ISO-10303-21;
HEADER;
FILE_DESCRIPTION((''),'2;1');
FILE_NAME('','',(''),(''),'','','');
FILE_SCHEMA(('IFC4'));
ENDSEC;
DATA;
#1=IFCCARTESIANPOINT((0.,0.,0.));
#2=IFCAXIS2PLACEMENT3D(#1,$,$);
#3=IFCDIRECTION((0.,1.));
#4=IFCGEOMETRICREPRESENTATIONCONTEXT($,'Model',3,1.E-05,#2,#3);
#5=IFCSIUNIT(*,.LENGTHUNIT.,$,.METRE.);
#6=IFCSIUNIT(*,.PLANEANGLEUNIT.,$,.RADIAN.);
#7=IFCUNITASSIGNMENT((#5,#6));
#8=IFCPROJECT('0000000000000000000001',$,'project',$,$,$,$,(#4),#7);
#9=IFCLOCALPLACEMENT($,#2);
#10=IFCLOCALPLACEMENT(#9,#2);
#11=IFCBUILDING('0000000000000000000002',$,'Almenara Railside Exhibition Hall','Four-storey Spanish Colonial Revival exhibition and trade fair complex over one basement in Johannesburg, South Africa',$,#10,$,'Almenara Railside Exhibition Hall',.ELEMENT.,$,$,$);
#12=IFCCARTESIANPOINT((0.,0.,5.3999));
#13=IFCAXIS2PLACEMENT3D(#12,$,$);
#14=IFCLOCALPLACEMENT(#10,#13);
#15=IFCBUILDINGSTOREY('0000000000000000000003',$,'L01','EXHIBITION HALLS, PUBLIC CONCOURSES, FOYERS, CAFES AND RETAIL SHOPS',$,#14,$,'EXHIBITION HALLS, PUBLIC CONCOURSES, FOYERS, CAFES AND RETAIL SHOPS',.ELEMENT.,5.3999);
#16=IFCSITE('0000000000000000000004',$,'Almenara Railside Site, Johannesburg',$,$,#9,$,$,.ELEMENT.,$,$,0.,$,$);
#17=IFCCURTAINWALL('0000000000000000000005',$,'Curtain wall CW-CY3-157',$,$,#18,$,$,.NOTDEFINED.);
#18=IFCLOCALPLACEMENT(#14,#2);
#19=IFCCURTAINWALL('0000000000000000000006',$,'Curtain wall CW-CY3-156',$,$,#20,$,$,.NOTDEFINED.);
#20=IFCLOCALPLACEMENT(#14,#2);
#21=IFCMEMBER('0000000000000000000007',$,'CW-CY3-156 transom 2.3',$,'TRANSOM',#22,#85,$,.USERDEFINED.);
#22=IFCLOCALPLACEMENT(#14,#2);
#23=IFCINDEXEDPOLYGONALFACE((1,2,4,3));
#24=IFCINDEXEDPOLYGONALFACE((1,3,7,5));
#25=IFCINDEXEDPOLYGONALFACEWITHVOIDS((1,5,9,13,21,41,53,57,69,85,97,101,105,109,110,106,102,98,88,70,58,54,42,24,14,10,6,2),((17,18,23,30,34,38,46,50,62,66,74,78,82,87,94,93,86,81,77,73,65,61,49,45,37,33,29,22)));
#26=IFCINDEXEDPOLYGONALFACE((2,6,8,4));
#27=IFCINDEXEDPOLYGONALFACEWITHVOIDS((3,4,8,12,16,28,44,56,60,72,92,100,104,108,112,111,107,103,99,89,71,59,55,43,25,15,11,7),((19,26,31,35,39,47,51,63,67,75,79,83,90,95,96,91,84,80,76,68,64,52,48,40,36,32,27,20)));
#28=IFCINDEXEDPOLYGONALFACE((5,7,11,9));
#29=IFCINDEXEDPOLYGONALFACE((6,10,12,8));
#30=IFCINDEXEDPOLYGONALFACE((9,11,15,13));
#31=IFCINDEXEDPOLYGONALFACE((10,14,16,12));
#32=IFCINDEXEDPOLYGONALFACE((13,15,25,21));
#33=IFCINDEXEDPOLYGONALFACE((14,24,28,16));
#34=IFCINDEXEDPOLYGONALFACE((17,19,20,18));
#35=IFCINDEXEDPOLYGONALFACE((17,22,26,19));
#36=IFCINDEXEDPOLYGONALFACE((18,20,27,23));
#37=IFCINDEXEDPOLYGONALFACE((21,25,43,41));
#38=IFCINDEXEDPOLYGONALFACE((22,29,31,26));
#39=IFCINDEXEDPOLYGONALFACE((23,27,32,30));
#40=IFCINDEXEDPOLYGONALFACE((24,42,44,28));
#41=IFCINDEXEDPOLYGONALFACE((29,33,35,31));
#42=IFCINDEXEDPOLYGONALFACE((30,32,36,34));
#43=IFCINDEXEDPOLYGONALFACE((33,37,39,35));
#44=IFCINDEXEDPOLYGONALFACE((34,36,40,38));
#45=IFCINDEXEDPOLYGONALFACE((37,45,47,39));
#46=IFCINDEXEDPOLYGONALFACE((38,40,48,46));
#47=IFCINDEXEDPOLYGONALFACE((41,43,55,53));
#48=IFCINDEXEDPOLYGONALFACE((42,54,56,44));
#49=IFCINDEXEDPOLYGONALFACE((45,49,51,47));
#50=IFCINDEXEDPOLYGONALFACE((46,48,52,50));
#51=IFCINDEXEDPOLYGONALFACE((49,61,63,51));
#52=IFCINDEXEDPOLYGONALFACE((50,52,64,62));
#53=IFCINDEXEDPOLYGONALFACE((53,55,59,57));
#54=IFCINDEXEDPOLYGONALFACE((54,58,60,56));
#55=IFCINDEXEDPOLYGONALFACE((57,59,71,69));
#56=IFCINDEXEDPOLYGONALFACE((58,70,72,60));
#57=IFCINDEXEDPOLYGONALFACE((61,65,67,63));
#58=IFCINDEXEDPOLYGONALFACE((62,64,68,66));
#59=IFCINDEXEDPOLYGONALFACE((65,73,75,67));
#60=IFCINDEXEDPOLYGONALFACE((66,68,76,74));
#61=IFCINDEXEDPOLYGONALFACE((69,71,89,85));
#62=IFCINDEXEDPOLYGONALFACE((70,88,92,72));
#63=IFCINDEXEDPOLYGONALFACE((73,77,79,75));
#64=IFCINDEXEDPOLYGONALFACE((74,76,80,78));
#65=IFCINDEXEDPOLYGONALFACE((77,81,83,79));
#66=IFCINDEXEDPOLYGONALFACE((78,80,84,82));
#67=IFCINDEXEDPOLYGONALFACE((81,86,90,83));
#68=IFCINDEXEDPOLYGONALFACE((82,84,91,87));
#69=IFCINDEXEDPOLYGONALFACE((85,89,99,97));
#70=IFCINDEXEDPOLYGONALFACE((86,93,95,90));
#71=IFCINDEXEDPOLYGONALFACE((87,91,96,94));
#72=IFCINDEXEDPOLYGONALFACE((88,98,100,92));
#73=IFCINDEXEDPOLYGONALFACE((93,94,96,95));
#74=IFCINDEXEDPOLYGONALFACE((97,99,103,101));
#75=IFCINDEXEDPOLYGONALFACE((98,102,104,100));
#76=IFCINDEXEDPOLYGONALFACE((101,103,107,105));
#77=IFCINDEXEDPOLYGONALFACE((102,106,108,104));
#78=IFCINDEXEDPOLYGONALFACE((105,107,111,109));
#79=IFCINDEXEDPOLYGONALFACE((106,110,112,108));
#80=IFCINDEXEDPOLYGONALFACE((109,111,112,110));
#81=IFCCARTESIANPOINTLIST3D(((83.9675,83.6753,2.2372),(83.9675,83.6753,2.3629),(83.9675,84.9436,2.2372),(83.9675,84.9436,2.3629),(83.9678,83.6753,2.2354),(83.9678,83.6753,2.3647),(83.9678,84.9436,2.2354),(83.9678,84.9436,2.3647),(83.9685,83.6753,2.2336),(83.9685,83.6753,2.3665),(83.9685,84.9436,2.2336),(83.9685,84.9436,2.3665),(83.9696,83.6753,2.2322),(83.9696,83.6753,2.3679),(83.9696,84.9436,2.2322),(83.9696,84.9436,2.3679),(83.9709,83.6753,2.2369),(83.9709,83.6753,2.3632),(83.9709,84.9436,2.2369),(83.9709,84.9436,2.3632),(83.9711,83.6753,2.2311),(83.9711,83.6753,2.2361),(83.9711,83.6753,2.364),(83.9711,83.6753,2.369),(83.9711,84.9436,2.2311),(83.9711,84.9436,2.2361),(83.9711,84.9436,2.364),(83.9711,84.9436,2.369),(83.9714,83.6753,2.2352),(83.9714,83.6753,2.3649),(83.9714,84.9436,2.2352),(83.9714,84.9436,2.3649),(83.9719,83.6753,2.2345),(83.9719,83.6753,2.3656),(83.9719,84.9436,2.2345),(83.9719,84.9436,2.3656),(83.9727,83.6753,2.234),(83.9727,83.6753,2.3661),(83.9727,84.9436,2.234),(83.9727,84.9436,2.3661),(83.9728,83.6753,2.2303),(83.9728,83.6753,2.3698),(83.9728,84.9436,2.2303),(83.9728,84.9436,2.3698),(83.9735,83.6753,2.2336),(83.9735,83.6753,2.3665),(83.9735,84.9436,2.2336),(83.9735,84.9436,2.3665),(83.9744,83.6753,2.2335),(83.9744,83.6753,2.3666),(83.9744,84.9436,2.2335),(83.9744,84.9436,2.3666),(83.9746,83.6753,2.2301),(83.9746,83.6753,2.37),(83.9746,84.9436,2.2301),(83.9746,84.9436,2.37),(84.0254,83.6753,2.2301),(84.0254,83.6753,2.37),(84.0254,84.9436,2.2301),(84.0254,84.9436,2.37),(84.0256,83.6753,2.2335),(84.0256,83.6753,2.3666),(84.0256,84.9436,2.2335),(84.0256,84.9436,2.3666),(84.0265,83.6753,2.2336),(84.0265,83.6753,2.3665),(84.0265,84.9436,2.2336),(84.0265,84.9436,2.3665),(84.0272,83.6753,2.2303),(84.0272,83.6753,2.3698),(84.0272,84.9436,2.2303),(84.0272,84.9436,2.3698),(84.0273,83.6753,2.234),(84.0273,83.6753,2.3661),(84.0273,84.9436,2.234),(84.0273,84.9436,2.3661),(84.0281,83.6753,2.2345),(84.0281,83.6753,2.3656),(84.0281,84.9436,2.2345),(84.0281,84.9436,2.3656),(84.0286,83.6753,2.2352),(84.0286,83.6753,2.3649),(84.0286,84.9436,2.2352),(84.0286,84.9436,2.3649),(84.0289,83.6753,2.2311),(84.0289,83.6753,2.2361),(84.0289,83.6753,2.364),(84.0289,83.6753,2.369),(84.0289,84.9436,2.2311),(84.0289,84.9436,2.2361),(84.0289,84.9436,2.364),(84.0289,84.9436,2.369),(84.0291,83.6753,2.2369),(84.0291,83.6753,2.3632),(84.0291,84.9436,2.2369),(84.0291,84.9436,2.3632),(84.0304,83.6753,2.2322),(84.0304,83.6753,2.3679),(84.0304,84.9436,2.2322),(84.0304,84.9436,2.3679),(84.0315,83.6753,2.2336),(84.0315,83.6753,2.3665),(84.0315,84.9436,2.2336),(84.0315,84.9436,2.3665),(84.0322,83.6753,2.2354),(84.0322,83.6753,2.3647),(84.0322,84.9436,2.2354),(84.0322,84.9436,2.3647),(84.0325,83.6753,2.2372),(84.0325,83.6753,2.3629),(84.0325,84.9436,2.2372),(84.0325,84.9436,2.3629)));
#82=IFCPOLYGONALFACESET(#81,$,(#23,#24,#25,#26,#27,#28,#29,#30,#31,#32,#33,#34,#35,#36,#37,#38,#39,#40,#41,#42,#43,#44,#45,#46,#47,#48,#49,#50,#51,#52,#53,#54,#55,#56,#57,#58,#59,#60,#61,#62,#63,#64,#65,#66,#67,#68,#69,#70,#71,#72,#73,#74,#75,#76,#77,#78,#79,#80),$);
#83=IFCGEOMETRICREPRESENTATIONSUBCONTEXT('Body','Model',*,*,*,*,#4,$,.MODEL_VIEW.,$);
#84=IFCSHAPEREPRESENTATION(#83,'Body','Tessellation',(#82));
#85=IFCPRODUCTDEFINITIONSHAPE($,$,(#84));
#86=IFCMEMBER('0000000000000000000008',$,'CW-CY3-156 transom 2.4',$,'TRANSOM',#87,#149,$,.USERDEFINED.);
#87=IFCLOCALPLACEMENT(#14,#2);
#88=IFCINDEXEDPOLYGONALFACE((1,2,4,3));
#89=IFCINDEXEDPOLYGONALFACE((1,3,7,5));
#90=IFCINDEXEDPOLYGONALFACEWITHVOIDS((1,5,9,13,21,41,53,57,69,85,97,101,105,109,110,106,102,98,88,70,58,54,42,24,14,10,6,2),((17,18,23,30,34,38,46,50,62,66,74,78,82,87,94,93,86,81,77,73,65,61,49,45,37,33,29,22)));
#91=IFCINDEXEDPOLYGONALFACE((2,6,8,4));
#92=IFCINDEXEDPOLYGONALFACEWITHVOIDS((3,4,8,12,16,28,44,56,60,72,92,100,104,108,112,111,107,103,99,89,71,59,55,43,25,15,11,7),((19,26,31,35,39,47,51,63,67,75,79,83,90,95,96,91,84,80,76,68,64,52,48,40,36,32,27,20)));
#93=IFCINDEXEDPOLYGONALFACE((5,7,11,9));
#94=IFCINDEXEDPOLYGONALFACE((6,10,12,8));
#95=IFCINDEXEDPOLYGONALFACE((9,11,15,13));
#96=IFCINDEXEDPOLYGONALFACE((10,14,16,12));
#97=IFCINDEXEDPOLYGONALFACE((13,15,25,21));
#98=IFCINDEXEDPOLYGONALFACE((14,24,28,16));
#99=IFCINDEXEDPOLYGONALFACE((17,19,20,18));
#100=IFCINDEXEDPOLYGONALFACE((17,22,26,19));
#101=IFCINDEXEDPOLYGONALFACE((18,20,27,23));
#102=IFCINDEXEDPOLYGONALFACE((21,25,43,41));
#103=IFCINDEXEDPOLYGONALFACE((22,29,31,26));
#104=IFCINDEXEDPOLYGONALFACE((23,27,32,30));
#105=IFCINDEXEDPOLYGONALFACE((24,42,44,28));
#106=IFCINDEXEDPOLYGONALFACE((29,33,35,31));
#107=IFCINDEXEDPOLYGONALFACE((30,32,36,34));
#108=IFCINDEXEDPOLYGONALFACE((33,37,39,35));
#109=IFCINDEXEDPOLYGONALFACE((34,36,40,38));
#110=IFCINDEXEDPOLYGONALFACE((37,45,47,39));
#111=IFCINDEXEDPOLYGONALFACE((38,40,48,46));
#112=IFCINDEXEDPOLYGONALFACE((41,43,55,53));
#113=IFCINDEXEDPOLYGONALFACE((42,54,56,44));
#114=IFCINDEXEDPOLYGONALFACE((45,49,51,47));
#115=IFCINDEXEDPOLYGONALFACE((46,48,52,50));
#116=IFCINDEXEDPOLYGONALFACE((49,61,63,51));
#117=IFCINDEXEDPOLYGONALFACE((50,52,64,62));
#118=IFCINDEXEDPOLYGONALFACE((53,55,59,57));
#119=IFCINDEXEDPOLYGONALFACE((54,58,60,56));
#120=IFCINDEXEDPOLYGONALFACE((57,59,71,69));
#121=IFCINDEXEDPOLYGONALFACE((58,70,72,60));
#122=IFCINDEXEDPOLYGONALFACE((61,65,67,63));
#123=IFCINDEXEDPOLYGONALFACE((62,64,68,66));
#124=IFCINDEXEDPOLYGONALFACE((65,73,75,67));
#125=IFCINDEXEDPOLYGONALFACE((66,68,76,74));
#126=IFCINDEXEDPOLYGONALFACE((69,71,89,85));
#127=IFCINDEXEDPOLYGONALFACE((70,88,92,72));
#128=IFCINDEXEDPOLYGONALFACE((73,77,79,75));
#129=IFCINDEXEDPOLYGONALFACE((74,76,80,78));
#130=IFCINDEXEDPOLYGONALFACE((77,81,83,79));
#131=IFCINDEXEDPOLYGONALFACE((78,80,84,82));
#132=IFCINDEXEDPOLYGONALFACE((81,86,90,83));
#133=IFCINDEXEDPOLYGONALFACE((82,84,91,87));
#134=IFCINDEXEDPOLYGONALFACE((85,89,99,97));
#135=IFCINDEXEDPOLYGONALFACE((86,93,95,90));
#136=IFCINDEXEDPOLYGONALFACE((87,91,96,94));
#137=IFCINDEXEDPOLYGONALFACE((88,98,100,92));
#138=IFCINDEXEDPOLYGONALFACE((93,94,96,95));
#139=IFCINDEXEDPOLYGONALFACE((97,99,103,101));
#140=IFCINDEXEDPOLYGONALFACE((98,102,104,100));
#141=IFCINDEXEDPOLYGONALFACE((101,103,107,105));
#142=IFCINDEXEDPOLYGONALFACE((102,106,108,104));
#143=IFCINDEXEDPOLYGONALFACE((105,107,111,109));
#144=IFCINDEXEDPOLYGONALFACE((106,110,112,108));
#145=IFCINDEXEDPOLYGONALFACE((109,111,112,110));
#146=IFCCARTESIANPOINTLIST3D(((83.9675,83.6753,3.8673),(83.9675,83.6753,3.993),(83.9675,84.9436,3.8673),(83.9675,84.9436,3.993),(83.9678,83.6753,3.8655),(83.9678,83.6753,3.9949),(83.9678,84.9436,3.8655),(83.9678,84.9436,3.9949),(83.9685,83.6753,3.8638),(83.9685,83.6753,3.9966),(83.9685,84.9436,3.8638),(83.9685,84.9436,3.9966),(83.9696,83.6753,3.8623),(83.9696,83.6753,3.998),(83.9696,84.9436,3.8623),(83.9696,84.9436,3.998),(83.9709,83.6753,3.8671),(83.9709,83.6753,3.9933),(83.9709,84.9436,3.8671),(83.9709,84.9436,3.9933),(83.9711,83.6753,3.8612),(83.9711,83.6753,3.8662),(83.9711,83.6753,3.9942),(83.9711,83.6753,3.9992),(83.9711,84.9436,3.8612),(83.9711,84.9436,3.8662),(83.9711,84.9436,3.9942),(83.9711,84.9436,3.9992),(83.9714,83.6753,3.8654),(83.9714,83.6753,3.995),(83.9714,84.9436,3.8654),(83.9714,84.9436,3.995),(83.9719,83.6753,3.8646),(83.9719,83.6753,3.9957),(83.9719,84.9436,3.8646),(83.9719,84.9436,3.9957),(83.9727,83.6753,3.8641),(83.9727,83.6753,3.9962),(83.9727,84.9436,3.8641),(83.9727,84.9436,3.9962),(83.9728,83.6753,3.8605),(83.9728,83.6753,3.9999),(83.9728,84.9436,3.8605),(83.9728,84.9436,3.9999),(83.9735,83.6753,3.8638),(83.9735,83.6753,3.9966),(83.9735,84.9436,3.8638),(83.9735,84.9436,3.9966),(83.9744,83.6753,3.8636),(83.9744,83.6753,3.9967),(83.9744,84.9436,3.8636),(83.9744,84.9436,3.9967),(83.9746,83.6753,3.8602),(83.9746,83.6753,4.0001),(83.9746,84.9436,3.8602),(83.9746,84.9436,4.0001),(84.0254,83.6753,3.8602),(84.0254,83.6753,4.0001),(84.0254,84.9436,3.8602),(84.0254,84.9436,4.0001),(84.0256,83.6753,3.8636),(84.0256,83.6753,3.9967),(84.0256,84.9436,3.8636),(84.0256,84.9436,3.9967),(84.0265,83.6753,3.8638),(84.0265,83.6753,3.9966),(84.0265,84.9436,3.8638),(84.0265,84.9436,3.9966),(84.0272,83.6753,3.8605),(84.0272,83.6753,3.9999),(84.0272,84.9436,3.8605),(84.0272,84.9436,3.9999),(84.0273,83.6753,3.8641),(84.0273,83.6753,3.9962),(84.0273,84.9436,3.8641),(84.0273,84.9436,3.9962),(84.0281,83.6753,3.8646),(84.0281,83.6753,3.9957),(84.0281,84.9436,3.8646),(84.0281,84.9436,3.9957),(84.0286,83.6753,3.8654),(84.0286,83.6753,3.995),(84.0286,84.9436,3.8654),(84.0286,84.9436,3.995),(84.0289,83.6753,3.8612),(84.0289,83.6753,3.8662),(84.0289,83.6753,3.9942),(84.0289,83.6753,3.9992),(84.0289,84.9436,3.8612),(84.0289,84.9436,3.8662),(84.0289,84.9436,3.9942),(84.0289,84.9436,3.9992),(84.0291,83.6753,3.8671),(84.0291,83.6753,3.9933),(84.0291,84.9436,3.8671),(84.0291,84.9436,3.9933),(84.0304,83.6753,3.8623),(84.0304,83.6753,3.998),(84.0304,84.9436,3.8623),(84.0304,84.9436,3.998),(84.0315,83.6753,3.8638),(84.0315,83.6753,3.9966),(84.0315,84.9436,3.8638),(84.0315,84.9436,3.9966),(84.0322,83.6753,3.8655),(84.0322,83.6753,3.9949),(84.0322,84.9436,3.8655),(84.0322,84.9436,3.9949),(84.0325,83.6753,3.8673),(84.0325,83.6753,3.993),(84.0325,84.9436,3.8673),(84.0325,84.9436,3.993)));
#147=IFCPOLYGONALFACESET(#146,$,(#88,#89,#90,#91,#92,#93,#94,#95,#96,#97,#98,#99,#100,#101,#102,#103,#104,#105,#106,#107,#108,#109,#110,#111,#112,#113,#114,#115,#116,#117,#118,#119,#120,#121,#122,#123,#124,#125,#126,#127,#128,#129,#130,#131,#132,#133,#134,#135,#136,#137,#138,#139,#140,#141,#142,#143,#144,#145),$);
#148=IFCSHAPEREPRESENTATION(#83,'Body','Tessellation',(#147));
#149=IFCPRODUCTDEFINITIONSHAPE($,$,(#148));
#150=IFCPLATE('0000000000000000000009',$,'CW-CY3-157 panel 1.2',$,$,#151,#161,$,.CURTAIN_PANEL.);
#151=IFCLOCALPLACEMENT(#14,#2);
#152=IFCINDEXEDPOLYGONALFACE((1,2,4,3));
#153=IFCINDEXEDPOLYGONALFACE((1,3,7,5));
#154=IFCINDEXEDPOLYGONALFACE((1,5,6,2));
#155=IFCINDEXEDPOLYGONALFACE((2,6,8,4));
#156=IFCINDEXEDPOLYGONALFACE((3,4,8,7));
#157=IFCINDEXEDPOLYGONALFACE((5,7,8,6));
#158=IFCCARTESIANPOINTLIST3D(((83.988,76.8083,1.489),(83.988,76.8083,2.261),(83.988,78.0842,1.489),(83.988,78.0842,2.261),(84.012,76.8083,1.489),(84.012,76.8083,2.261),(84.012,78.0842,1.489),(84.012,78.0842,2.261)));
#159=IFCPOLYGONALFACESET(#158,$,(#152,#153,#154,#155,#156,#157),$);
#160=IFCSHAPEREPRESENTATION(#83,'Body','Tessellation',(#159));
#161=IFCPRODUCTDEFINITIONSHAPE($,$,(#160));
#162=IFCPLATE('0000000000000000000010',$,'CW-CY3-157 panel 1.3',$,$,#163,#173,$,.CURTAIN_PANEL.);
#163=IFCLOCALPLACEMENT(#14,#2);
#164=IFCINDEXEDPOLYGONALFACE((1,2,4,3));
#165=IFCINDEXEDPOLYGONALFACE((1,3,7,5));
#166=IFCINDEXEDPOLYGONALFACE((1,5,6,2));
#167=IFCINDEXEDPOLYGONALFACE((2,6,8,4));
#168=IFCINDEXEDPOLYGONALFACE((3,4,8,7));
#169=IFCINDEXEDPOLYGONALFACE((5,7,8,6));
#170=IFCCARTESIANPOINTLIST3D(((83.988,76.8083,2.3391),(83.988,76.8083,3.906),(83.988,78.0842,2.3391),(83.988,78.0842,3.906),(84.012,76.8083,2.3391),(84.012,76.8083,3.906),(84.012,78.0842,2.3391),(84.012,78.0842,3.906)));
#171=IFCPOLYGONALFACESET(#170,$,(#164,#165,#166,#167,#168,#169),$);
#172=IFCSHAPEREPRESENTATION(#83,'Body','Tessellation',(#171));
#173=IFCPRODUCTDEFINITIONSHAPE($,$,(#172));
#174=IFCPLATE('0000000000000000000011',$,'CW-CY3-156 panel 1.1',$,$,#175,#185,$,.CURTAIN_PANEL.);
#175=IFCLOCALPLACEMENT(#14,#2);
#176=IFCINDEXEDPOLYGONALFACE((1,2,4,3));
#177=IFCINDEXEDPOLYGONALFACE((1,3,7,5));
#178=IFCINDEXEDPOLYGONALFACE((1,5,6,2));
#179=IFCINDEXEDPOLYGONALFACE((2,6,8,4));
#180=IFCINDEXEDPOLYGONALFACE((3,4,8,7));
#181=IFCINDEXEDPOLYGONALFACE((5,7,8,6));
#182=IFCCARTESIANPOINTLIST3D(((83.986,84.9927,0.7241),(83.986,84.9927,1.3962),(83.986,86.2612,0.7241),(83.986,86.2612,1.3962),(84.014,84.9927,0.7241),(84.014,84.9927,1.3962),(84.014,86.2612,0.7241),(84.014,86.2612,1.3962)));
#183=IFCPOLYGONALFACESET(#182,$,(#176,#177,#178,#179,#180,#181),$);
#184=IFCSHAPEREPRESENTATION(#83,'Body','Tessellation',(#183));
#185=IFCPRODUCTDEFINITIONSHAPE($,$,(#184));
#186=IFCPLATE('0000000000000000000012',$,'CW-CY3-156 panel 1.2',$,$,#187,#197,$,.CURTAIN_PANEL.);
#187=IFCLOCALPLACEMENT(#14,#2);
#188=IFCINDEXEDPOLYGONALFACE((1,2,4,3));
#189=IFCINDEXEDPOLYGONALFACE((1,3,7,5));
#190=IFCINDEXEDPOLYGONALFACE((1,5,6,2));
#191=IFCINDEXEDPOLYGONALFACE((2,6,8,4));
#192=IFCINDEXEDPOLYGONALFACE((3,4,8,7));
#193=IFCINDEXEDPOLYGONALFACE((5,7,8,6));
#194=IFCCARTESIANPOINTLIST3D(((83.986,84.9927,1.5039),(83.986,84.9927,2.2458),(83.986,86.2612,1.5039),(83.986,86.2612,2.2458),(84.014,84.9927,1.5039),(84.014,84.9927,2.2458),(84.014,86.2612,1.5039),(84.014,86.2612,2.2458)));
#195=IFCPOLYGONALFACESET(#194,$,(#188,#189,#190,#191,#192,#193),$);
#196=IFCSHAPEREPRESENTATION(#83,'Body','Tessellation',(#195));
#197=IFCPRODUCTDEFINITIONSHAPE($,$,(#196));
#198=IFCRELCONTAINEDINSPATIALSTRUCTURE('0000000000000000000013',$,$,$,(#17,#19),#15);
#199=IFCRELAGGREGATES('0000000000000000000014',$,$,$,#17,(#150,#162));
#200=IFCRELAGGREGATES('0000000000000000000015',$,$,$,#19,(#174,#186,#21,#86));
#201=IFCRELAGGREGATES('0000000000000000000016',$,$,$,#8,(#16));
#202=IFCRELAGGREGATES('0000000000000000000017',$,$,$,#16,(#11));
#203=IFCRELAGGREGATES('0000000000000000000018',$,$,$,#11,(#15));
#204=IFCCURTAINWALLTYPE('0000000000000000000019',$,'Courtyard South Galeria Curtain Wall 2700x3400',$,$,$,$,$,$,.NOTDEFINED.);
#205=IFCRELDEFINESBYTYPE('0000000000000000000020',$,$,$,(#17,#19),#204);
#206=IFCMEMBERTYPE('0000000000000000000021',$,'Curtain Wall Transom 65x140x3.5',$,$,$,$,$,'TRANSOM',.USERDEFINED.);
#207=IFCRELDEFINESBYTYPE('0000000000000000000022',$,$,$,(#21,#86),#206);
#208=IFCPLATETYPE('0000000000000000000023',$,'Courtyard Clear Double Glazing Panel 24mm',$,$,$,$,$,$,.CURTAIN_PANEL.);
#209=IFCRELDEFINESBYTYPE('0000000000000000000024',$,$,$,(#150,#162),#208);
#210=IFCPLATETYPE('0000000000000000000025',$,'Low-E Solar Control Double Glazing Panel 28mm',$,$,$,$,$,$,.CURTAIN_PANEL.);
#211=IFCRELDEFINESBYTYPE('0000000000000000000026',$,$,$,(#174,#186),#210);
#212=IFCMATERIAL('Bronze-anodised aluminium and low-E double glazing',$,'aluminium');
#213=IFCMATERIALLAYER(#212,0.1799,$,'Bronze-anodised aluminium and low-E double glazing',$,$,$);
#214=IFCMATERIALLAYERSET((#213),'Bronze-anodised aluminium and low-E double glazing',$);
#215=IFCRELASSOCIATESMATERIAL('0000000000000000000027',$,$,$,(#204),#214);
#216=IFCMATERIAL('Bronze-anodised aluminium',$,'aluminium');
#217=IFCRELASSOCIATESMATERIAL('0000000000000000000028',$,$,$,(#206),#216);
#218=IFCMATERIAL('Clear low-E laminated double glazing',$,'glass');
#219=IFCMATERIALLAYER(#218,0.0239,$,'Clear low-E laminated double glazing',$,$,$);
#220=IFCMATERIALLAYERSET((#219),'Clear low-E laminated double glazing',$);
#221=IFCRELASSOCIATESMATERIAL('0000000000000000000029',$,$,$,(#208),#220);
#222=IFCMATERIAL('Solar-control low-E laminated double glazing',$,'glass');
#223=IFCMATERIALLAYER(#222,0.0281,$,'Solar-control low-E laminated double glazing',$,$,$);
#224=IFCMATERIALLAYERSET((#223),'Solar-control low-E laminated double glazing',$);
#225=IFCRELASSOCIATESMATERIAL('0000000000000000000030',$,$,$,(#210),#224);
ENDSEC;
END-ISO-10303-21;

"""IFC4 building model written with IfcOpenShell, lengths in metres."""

from ifc_helpers import new_model, si_unit, direction, frame, origin, origin_2d, place, context, subcontext, project, spatial, rectangle, hollow_rectangle, extrude, material, layer, layer_set, material_profile, profile_set, type_object, element, aggregate, save


model = new_model("IFC4")

# Units and contexts
model_context = context("Model", 3, precision=1e-05, world=origin(), true_north=direction((0.0, 1.0)))
body_context = subcontext(model_context, "Body", "Model", "MODEL_VIEW")
ifc_project = project(units=[si_unit("LENGTHUNIT", "METRE"), si_unit("PLANEANGLEUNIT", "RADIAN")], contexts=[model_context])

# Site, building, storey
site_placement = place(None, origin())
site = spatial("IfcSite", under=ifc_project, at=site_placement, Name="Almenara Railside Site, Johannesburg", CompositionType="ELEMENT", RefElevation=0.0)
building_placement = place(site_placement, origin())
building = spatial("IfcBuilding", under=site, at=building_placement, Name="Almenara Railside Exhibition Hall", Description="Four-storey Spanish Colonial Revival exhibition and trade fair complex over one basement in Johannesburg, South Africa", LongName="Almenara Railside Exhibition Hall", CompositionType="ELEMENT")
storey_placement = place(building_placement, frame((0.0, 0.0, 5.3999)))
storey = spatial("IfcBuildingStorey", under=building, at=storey_placement, Name="L01", Description="EXHIBITION HALLS, PUBLIC CONCOURSES, FOYERS, CAFES AND RETAIL SHOPS", LongName="EXHIBITION HALLS, PUBLIC CONCOURSES, FOYERS, CAFES AND RETAIL SHOPS", CompositionType="ELEMENT", Elevation=5.3999)

# Curtain wall
ifc_material_1 = material(Name="Bronze-anodised aluminium and low-E double glazing", Category="aluminium")
ifc_layer_1 = layer(ifc_material_1, 0.1799, Name="Bronze-anodised aluminium and low-E double glazing")
ifc_layer_set_1 = layer_set([ifc_layer_1], Name="Bronze-anodised aluminium and low-E double glazing")
curtain_wall_type = type_object("IfcCurtainWallType", Name="Courtyard South Galeria Curtain Wall 2700x3400", PredefinedType="NOTDEFINED", material=ifc_layer_set_1)
curtain_wall_1_placement = place(storey_placement, origin())
curtain_wall_1 = element("IfcCurtainWall", 1, at=curtain_wall_1_placement, inside=storey, type_object=curtain_wall_type, Name="Curtain wall CW-CY3-157", PredefinedType="NOTDEFINED")
ifc_material_2 = material(Name="Bronze-anodised aluminium", Category="aluminium")

# Curtain wall
curtain_wall_2_placement = place(storey_placement, origin())
curtain_wall_2 = element("IfcCurtainWall", 2, at=curtain_wall_2_placement, inside=storey, type_object=curtain_wall_type, Name="Curtain wall CW-CY3-156", PredefinedType="NOTDEFINED")

# Members
ifc_material_profile_1 = material_profile(ifc_material_2, hollow_rectangle(XDim=0.0649, YDim=0.1399, WallThickness=0.0034, InnerFilletRadius=0.0034, OuterFilletRadius=0.0071, at=origin_2d()), Name="ALU-TRN 65x140x3.5")
ifc_profile_set_1 = profile_set([ifc_material_profile_1], Name="Bronze-anodised aluminium")
member_type_1 = type_object("IfcMemberType", Name="Curtain Wall Transom 65x140x3.5", ElementType="TRANSOM", PredefinedType="USERDEFINED", material=ifc_profile_set_1)
member_1_placement = place(storey_placement, frame((84.0, 84.9436, 2.3), z_axis=(0.0, -1.0, 0.0), x_axis=(1.0, 0.0, 0.0)))
member_1 = element("IfcMember", 3, at=member_1_placement, type_object=member_type_1, Name="CW-CY3-156 transom 2.3", ObjectType="TRANSOM", PredefinedType="USERDEFINED", context=body_context, shape_type="SweptSolid", body=[
    extrude(hollow_rectangle(XDim=0.0649, YDim=0.1399, WallThickness=0.0034, InnerFilletRadius=0.0034, OuterFilletRadius=0.0071, at=origin_2d()), origin(), (0.0, 0.0, 1.0), 1.2683),
])
member_2_placement = place(storey_placement, frame((84.0, 84.9436, 3.9302), z_axis=(0.0, -1.0, 0.0), x_axis=(1.0, 0.0, 0.0)))
member_2 = element("IfcMember", 4, at=member_2_placement, type_object=member_type_1, Name="CW-CY3-156 transom 2.4", ObjectType="TRANSOM", PredefinedType="USERDEFINED", context=body_context, shape_type="SweptSolid", body=[
    extrude(hollow_rectangle(XDim=0.0649, YDim=0.1399, WallThickness=0.0034, InnerFilletRadius=0.0034, OuterFilletRadius=0.0071, at=origin_2d()), origin(), (0.0, 0.0, 1.0), 1.2683),
])

# Plates
ifc_material_3 = material(Name="Clear low-E laminated double glazing", Category="glass")
ifc_layer_2 = layer(ifc_material_3, 0.0239, Name="Clear low-E laminated double glazing")
ifc_layer_set_2 = layer_set([ifc_layer_2], Name="Clear low-E laminated double glazing")
plate_type_1 = type_object("IfcPlateType", Name="Courtyard Clear Double Glazing Panel 24mm", PredefinedType="CURTAIN_PANEL", material=ifc_layer_set_2)
plate_1_placement = place(storey_placement, frame((84.0, 77.4463, 1.489), z_axis=(0.0, 0.0, 1.0), x_axis=(0.0, -1.0, 0.0)))
plate_1 = element("IfcPlate", 5, at=plate_1_placement, type_object=plate_type_1, Name="CW-CY3-157 panel 1.2", PredefinedType="CURTAIN_PANEL", context=body_context, shape_type="SweptSolid", body=[
    extrude(rectangle(XDim=1.2759, YDim=0.0239, at=origin_2d()), origin(), (0.0, 0.0, 1.0), 0.772),
])
plate_2_placement = place(storey_placement, frame((84.0, 77.4463, 2.3391), z_axis=(0.0, 0.0, 1.0), x_axis=(0.0, -1.0, 0.0)))
plate_2 = element("IfcPlate", 6, at=plate_2_placement, type_object=plate_type_1, Name="CW-CY3-157 panel 1.3", PredefinedType="CURTAIN_PANEL", context=body_context, shape_type="SweptSolid", body=[
    extrude(rectangle(XDim=1.2759, YDim=0.0239, at=origin_2d()), origin(), (0.0, 0.0, 1.0), 1.5669),
])
aggregate(curtain_wall_1, [plate_1, plate_2])
ifc_material_4 = material(Name="Solar-control low-E laminated double glazing", Category="glass")
ifc_layer_3 = layer(ifc_material_4, 0.0281, Name="Solar-control low-E laminated double glazing")
ifc_layer_set_3 = layer_set([ifc_layer_3], Name="Solar-control low-E laminated double glazing")
plate_type_2 = type_object("IfcPlateType", Name="Low-E Solar Control Double Glazing Panel 28mm", PredefinedType="CURTAIN_PANEL", material=ifc_layer_set_3)
plate_3_placement = place(storey_placement, frame((84.0, 85.627, 0.7241), z_axis=(0.0, 0.0, 1.0), x_axis=(0.0, -1.0, 0.0)))
plate_3 = element("IfcPlate", 7, at=plate_3_placement, type_object=plate_type_2, Name="CW-CY3-156 panel 1.1", PredefinedType="CURTAIN_PANEL", context=body_context, shape_type="SweptSolid", body=[
    extrude(rectangle(XDim=1.2686, YDim=0.0281, at=origin_2d()), origin(), (0.0, 0.0, 1.0), 0.6721),
])
plate_4_placement = place(storey_placement, frame((84.0, 85.627, 1.5039), z_axis=(0.0, 0.0, 1.0), x_axis=(0.0, -1.0, 0.0)))
plate_4 = element("IfcPlate", 8, at=plate_4_placement, type_object=plate_type_2, Name="CW-CY3-156 panel 1.2", PredefinedType="CURTAIN_PANEL", context=body_context, shape_type="SweptSolid", body=[
    extrude(rectangle(XDim=1.2686, YDim=0.0281, at=origin_2d()), origin(), (0.0, 0.0, 1.0), 0.7419),
])
aggregate(curtain_wall_2, [plate_3, plate_4, member_1, member_2])

save(model, "model.ifc")
